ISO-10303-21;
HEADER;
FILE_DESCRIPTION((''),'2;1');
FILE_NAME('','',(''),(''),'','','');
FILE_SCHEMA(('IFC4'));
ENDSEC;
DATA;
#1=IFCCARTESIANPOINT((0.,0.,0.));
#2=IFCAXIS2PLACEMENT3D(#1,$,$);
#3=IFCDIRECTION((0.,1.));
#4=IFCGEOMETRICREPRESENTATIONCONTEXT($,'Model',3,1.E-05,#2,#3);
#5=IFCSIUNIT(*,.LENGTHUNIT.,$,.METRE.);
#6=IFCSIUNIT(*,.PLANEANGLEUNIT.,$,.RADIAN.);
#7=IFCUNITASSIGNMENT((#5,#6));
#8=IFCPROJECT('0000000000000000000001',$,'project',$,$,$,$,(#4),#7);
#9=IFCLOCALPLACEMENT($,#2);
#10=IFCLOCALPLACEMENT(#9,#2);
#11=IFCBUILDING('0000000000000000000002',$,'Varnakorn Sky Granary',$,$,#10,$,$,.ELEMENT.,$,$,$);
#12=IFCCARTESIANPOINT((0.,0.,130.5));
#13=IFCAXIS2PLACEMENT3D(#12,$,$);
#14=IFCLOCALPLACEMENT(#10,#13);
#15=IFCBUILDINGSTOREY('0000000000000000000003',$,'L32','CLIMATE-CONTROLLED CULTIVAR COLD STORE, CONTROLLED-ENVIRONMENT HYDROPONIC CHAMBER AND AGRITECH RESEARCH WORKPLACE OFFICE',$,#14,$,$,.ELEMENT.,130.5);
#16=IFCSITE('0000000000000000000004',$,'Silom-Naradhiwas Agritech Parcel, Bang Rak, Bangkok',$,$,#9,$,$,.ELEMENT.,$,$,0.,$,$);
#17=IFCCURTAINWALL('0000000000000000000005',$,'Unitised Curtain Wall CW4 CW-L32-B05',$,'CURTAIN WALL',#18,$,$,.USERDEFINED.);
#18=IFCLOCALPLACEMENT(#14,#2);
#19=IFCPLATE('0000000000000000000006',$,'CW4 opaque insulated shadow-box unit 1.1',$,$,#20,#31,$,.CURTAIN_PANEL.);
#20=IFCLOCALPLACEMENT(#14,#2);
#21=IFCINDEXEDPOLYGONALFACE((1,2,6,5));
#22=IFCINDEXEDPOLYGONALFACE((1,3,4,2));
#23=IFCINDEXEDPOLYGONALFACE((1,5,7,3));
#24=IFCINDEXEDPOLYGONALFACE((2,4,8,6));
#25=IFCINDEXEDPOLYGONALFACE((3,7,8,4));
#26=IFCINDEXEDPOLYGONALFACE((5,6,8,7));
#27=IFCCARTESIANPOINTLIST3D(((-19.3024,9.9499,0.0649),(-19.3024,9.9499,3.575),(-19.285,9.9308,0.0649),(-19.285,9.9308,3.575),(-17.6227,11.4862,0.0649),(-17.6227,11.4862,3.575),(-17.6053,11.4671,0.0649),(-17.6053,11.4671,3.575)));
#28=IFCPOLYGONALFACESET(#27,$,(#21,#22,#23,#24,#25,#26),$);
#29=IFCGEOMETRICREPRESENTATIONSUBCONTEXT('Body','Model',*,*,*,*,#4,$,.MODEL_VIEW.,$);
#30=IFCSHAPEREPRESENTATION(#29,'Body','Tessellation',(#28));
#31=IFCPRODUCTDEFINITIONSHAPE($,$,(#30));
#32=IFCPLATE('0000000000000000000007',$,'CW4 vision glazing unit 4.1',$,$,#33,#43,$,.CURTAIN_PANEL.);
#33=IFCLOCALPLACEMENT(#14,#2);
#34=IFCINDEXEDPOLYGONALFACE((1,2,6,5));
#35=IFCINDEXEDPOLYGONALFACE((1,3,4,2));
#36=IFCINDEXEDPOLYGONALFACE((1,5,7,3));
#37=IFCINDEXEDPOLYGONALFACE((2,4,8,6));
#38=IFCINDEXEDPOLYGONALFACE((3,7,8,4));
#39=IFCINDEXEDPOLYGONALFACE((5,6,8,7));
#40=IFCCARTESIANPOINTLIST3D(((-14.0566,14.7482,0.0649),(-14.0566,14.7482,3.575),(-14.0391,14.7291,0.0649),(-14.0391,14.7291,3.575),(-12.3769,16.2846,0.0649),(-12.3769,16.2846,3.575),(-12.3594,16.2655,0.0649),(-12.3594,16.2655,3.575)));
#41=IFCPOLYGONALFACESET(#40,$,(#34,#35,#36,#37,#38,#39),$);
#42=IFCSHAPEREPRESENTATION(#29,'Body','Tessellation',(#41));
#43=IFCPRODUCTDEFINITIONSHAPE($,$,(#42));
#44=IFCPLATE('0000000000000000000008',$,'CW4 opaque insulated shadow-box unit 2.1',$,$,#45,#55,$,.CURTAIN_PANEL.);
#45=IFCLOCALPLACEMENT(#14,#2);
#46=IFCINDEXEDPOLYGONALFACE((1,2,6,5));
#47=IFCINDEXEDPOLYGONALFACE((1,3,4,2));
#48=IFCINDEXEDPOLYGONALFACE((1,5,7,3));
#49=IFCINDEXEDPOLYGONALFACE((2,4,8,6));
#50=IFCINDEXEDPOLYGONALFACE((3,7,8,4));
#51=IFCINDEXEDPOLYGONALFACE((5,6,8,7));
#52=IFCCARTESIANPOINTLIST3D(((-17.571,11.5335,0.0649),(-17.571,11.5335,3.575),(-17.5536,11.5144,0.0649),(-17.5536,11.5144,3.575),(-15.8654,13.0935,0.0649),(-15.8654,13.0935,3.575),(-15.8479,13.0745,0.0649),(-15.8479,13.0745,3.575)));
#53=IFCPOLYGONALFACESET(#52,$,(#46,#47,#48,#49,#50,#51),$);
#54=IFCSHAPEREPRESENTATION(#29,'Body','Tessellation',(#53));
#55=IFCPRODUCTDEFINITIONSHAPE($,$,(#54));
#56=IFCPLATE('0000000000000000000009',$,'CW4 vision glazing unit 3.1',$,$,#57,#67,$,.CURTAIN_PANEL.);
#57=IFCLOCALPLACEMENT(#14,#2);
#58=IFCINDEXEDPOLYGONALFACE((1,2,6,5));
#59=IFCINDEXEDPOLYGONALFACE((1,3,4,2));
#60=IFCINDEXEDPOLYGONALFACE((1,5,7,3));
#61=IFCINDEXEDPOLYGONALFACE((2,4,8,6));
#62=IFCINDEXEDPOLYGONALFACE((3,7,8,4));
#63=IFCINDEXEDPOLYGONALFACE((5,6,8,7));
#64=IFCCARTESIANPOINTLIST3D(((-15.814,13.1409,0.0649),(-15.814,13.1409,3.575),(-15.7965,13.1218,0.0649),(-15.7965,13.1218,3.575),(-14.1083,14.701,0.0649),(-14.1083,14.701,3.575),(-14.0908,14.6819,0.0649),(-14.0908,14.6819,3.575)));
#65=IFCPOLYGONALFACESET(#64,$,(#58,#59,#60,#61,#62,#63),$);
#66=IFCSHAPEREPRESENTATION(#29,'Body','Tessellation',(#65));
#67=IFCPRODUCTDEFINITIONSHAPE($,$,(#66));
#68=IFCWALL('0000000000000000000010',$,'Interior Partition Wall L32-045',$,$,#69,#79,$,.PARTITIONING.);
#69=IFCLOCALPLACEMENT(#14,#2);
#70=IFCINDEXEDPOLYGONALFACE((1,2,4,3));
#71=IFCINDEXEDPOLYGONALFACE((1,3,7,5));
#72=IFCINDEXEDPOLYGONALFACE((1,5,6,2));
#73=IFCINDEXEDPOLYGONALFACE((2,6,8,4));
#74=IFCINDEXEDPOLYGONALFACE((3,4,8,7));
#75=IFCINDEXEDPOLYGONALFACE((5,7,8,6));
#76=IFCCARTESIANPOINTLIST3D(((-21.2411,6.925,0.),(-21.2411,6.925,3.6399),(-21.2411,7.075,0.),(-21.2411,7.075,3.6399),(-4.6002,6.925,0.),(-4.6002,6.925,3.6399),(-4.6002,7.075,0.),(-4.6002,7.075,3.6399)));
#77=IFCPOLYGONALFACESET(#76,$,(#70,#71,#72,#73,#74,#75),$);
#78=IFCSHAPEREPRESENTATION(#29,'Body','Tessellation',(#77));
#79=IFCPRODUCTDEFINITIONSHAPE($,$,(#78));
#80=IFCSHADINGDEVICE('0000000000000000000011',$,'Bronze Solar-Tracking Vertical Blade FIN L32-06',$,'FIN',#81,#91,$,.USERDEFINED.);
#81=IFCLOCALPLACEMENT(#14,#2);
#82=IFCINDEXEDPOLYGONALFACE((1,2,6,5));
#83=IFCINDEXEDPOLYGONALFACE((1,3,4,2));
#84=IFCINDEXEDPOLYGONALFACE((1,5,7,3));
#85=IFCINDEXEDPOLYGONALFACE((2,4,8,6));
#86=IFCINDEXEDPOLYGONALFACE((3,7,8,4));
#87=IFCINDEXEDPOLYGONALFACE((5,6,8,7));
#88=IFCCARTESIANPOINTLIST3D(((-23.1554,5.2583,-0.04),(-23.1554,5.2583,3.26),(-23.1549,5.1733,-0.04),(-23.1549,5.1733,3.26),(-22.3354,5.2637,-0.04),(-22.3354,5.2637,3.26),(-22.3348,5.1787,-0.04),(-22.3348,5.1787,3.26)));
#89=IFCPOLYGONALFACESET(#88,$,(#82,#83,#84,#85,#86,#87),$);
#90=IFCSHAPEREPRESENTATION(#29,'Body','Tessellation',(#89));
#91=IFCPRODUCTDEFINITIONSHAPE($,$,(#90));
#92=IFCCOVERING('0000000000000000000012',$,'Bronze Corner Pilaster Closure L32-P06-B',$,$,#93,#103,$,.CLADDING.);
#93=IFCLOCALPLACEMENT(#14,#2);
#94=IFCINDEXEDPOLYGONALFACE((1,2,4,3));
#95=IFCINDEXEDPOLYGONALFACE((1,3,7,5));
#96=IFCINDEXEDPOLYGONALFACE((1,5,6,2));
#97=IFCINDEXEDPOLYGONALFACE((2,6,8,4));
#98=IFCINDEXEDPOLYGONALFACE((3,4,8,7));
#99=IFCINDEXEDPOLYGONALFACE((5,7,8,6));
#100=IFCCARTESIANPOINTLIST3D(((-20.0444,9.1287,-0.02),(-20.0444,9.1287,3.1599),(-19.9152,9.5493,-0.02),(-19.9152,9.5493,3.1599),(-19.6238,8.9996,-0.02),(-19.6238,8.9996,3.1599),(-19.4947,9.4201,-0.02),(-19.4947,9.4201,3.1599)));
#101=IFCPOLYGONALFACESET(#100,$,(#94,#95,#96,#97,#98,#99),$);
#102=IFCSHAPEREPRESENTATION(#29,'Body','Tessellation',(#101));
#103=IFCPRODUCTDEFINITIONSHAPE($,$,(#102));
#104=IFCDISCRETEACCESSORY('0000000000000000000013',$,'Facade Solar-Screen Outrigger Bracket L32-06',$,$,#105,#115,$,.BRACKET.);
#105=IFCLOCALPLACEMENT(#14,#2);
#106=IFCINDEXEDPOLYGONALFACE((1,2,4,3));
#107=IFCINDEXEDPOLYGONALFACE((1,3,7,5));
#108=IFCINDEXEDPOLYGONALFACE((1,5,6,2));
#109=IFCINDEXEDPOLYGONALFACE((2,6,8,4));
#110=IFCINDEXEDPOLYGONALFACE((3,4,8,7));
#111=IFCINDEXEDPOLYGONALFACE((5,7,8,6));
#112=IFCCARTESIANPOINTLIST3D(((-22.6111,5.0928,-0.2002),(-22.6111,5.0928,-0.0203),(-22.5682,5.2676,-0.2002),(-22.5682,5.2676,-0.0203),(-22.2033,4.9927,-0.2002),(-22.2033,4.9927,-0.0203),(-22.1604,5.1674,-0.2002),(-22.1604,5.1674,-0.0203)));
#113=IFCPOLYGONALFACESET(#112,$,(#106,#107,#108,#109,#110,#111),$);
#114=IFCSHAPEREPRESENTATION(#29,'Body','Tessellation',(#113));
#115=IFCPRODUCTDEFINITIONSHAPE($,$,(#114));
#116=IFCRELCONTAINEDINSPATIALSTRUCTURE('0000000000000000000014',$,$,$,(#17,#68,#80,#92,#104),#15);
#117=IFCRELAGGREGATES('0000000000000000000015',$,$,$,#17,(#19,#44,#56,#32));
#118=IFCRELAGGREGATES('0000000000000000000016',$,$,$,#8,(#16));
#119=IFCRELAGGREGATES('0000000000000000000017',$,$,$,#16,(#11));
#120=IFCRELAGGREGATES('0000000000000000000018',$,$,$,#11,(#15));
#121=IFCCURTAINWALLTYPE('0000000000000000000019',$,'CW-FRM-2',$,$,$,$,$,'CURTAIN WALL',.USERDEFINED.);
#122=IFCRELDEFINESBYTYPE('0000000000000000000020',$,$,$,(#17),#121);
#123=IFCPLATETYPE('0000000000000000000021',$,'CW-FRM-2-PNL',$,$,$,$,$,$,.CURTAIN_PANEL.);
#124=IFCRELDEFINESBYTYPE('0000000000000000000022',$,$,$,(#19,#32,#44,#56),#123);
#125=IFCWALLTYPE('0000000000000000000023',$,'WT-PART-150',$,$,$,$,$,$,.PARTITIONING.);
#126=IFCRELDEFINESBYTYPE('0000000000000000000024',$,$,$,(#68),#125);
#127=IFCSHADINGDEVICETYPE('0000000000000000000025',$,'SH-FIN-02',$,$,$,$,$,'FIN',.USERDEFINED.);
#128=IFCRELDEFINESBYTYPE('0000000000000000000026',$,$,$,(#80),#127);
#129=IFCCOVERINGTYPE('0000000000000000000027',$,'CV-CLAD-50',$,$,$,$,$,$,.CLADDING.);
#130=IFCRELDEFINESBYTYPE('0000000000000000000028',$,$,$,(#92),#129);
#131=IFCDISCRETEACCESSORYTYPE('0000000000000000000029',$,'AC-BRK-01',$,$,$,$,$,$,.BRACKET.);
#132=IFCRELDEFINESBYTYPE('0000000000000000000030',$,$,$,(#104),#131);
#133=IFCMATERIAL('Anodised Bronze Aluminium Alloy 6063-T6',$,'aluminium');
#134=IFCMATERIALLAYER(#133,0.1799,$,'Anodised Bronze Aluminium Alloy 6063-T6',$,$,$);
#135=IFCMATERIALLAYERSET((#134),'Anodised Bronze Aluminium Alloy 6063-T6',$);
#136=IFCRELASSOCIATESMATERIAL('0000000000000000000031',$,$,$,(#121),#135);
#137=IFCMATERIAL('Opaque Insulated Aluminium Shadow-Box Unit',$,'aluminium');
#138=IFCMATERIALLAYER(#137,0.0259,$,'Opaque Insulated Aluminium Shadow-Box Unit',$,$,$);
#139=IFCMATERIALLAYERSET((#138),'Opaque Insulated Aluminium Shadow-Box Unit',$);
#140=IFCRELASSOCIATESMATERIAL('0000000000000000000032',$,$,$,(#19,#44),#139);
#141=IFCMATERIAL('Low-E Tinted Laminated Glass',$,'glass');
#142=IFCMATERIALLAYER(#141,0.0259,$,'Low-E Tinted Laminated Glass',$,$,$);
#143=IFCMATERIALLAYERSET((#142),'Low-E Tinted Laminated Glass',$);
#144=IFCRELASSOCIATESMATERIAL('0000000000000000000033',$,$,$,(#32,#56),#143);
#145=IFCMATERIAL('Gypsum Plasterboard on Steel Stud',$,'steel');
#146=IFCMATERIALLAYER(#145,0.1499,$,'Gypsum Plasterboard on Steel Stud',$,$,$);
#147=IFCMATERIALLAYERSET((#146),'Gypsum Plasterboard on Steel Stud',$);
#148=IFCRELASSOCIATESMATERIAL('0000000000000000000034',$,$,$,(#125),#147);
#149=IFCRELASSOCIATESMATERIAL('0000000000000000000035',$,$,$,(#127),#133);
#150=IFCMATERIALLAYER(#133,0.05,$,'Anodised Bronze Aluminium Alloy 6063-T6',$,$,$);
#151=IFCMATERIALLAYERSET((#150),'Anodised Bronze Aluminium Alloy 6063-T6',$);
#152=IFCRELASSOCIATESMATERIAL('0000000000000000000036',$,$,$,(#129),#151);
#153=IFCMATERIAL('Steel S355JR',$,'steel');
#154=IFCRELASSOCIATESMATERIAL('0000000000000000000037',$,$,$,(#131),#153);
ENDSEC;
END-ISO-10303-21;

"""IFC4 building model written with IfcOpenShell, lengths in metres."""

from ifc_helpers import new_model, si_unit, direction, frame, frame_2d, origin, origin_2d, place, context, subcontext, project, spatial, rectangle, extrude, source, transform, mapped, material, layer, layer_set, type_object, type_shapes, element, aggregate, save


model = new_model("IFC4")

# Units and contexts
model_context = context("Model", 3, precision=1e-05, world=origin(), true_north=direction((0.0, 1.0)))
body_context = subcontext(model_context, "Body", "Model", "MODEL_VIEW")
ifc_project = project(units=[si_unit("LENGTHUNIT", "METRE"), si_unit("PLANEANGLEUNIT", "RADIAN")], contexts=[model_context])

# Site, building, storey
site_placement = place(None, origin())
site = spatial("IfcSite", under=ifc_project, at=site_placement, Name="Silom-Naradhiwas Agritech Parcel, Bang Rak, Bangkok", CompositionType="ELEMENT", RefElevation=0.0)
building_placement = place(site_placement, origin())
building = spatial("IfcBuilding", under=site, at=building_placement, Name="Varnakorn Sky Granary", CompositionType="ELEMENT")
storey_placement = place(building_placement, frame((0.0, 0.0, 130.5)))
storey = spatial("IfcBuildingStorey", under=building, at=storey_placement, Name="L32", Description="CLIMATE-CONTROLLED CULTIVAR COLD STORE, CONTROLLED-ENVIRONMENT HYDROPONIC CHAMBER AND AGRITECH RESEARCH WORKPLACE OFFICE", CompositionType="ELEMENT", Elevation=130.5)

# Shared definitions
ifc_material_1 = material(Name="Steel S355JR", Category="steel")

# Curtain wall
ifc_material_2 = material(Name="Anodised Bronze Aluminium Alloy 6063-T6", Category="aluminium")
ifc_layer_1 = layer(ifc_material_2, 0.1799, Name="Anodised Bronze Aluminium Alloy 6063-T6")
ifc_layer_set_1 = layer_set([ifc_layer_1], Name="Anodised Bronze Aluminium Alloy 6063-T6")
curtain_wall_type = type_object("IfcCurtainWallType", Name="CW-FRM-2", ElementType="CURTAIN WALL", PredefinedType="USERDEFINED", material=ifc_layer_set_1)
curtain_wall_1_placement = place(storey_placement, origin())
curtain_wall_1 = element("IfcCurtainWall", 1, at=curtain_wall_1_placement, inside=storey, type_object=curtain_wall_type, Name="Unitised Curtain Wall CW4 CW-L32-B05", ObjectType="CURTAIN WALL", PredefinedType="USERDEFINED")

# Plates
ifc_material_3 = material(Name="Low-E Tinted Laminated Glass", Category="glass")
ifc_layer_2 = layer(ifc_material_3, 0.0259, Name="Low-E Tinted Laminated Glass")
ifc_layer_set_2 = layer_set([ifc_layer_2], Name="Low-E Tinted Laminated Glass")
plate_type = type_object("IfcPlateType", Name="CW-FRM-2-PNL", PredefinedType="CURTAIN_PANEL")
ifc_material_4 = material(Name="Opaque Insulated Aluminium Shadow-Box Unit", Category="aluminium")
ifc_layer_3 = layer(ifc_material_4, 0.0259, Name="Opaque Insulated Aluminium Shadow-Box Unit")
ifc_layer_set_3 = layer_set([ifc_layer_3], Name="Opaque Insulated Aluminium Shadow-Box Unit")
shared_shape_1 = source(origin(), body_context, "Body", "SweptSolid", [
    extrude(rectangle(XDim=2.2764, YDim=0.0259, at=origin_2d()), origin(), (0.0, 0.0, 1.0), 3.51),
])
plate_1_placement = place(storey_placement, frame((-18.4539, 10.7085, 0.0649), z_axis=(0.0, 0.0, 1.0), x_axis=(0.737893, 0.674918, 0.0)))
plate_1 = element("IfcPlate", 2, at=plate_1_placement, type_object=plate_type, material=ifc_layer_set_3, Name="CW4 opaque insulated shadow-box unit 1.1", PredefinedType="CURTAIN_PANEL", context=body_context, shape_type="MappedRepresentation", body=[
    mapped(shared_shape_1, transform((0.0, 0.0, 0.0), x_axis=(1.0, 0.0, 0.0), y_axis=(0.0, 1.0, 0.0), z_axis=(0.0, 0.0, 1.0), scale=1.0)),
])
plate_2_placement = place(storey_placement, frame((-13.208, 15.5068, 0.0649), z_axis=(0.0, 0.0, 1.0), x_axis=(0.737893, 0.674918, 0.0)))
plate_2 = element("IfcPlate", 3, at=plate_2_placement, type_object=plate_type, material=ifc_layer_set_2, Name="CW4 vision glazing unit 4.1", PredefinedType="CURTAIN_PANEL", context=body_context, shape_type="MappedRepresentation", body=[
    mapped(shared_shape_1, transform((0.0, 0.0, 0.0), x_axis=(1.0, 0.0, 0.0), y_axis=(0.0, 1.0, 0.0), z_axis=(0.0, 0.0, 1.0), scale=1.0)),
])
shared_shape_2 = source(origin(), body_context, "Body", "SweptSolid", [
    extrude(rectangle(XDim=2.3115, YDim=0.0259, at=origin_2d()), origin(), (0.0, 0.0, 1.0), 3.51),
])
plate_3_placement = place(storey_placement, frame((-16.7095, 12.304, 0.0649), z_axis=(0.0, 0.0, 1.0), x_axis=(0.737893, 0.674918, 0.0)))
plate_3 = element("IfcPlate", 4, at=plate_3_placement, type_object=plate_type, material=ifc_layer_set_3, Name="CW4 opaque insulated shadow-box unit 2.1", PredefinedType="CURTAIN_PANEL", context=body_context, shape_type="MappedRepresentation", body=[
    mapped(shared_shape_2, transform((0.0, 0.0, 0.0), x_axis=(1.0, 0.0, 0.0), y_axis=(0.0, 1.0, 0.0), z_axis=(0.0, 0.0, 1.0), scale=1.0)),
])
plate_4_placement = place(storey_placement, frame((-14.9524, 13.9114, 0.0649), z_axis=(0.0, 0.0, 1.0), x_axis=(0.737893, 0.674918, 0.0)))
plate_4 = element("IfcPlate", 5, at=plate_4_placement, type_object=plate_type, material=ifc_layer_set_2, Name="CW4 vision glazing unit 3.1", PredefinedType="CURTAIN_PANEL", context=body_context, shape_type="MappedRepresentation", body=[
    mapped(shared_shape_2, transform((0.0, 0.0, 0.0), x_axis=(1.0, 0.0, 0.0), y_axis=(0.0, 1.0, 0.0), z_axis=(0.0, 0.0, 1.0), scale=1.0)),
])
aggregate(curtain_wall_1, [plate_1, plate_3, plate_4, plate_2])

# Wall
ifc_material_5 = material(Name="Gypsum Plasterboard on Steel Stud", Category="steel")
ifc_layer_4 = layer(ifc_material_5, 0.1499, Name="Gypsum Plasterboard on Steel Stud")
ifc_layer_set_4 = layer_set([ifc_layer_4], Name="Gypsum Plasterboard on Steel Stud")
wall_type = type_object("IfcWallType", Name="WT-PART-150", PredefinedType="PARTITIONING", material=ifc_layer_set_4)
wall_placement = place(storey_placement, frame((-21.241, 7.0, 0.0), z_axis=(0.0, 0.0, 1.0), x_axis=(1.0, 0.0, 0.0)))
element("IfcWall", 6, at=wall_placement, inside=storey, type_object=wall_type, Name="Interior Partition Wall L32-045", PredefinedType="PARTITIONING", context=body_context, shape_type="SweptSolid", body=[
    extrude(rectangle(XDim=16.6409, YDim=0.1499, at=frame_2d((8.3203, 0.0))), origin(), (0.0, 0.0, 1.0), 3.6399),
])

# Shading device
shading_device_type = type_object("IfcShadingDeviceType", Name="SH-FIN-02", ElementType="FIN", PredefinedType="USERDEFINED", material=ifc_material_2)
shared_shape_3 = source(origin(), body_context, "Body", "SweptSolid", [
    extrude(rectangle(XDim=0.085, YDim=0.8201, at=origin_2d()), origin(), (0.0, 0.0, 1.0), 3.3),
])
type_shapes(shading_device_type, [shared_shape_3])
shading_device_placement = place(storey_placement, frame((-22.7451, 5.2185, -0.04), z_axis=(0.0, 0.0, 1.0), x_axis=(0.006609, -0.999978, 0.0)))
element("IfcShadingDevice", 7, at=shading_device_placement, inside=storey, type_object=shading_device_type, Name="Bronze Solar-Tracking Vertical Blade FIN L32-06", ObjectType="FIN", PredefinedType="USERDEFINED", context=body_context, shape_type="MappedRepresentation", body=[
    mapped(shared_shape_3, transform((0.0, 0.0, 0.0), x_axis=(1.0, 0.0, 0.0), y_axis=(0.0, 1.0, 0.0), z_axis=(0.0, 0.0, 1.0), scale=1.0)),
])

# Covering
ifc_layer_5 = layer(ifc_material_2, 0.05, Name="Anodised Bronze Aluminium Alloy 6063-T6")
ifc_layer_set_5 = layer_set([ifc_layer_5], Name="Anodised Bronze Aluminium Alloy 6063-T6")
covering_type = type_object("IfcCoveringType", Name="CV-CLAD-50", PredefinedType="CLADDING", material=ifc_layer_set_5)
shared_shape_4 = source(origin(), body_context, "Body", "SweptSolid", [
    extrude(rectangle(XDim=0.4399, YDim=0.4399, at=origin_2d()), origin(), (0.0, 0.0, 1.0), 3.1799),
])
type_shapes(covering_type, [shared_shape_4])
covering_placement = place(storey_placement, frame((-19.7695, 9.2744, -0.02), z_axis=(0.0, 0.0, 1.0), x_axis=(0.29354, 0.955947, 0.0)))
element("IfcCovering", 8, at=covering_placement, inside=storey, type_object=covering_type, Name="Bronze Corner Pilaster Closure L32-P06-B", PredefinedType="CLADDING", context=body_context, shape_type="MappedRepresentation", body=[
    mapped(shared_shape_4, transform((0.0, 0.0, 0.0), x_axis=(1.0, 0.0, 0.0), y_axis=(0.0, 1.0, 0.0), z_axis=(0.0, 0.0, 1.0), scale=1.0)),
])

# Discrete accessory
discrete_accessory_type = type_object("IfcDiscreteAccessoryType", Name="AC-BRK-01", PredefinedType="BRACKET", material=ifc_material_1)
shared_shape_5 = source(origin(), body_context, "Body", "SweptSolid", [
    extrude(rectangle(XDim=0.1799, YDim=0.4199, at=origin_2d()), origin(), (0.0, 0.0, 1.0), 0.1799),
])
type_shapes(discrete_accessory_type, [shared_shape_5])
discrete_accessory_placement = place(storey_placement, frame((-22.3857, 5.1301, -0.2002), z_axis=(0.0, 0.0, 1.0), x_axis=(-0.238541, -0.971132, 0.0)))
element("IfcDiscreteAccessory", 9, at=discrete_accessory_placement, inside=storey, type_object=discrete_accessory_type, Name="Facade Solar-Screen Outrigger Bracket L32-06", PredefinedType="BRACKET", context=body_context, shape_type="MappedRepresentation", body=[
    mapped(shared_shape_5, transform((0.0, 0.0, 0.0), x_axis=(1.0, 0.0, 0.0), y_axis=(0.0, 1.0, 0.0), z_axis=(0.0, 0.0, 1.0), scale=1.0)),
])

save(model, "model.ifc")
